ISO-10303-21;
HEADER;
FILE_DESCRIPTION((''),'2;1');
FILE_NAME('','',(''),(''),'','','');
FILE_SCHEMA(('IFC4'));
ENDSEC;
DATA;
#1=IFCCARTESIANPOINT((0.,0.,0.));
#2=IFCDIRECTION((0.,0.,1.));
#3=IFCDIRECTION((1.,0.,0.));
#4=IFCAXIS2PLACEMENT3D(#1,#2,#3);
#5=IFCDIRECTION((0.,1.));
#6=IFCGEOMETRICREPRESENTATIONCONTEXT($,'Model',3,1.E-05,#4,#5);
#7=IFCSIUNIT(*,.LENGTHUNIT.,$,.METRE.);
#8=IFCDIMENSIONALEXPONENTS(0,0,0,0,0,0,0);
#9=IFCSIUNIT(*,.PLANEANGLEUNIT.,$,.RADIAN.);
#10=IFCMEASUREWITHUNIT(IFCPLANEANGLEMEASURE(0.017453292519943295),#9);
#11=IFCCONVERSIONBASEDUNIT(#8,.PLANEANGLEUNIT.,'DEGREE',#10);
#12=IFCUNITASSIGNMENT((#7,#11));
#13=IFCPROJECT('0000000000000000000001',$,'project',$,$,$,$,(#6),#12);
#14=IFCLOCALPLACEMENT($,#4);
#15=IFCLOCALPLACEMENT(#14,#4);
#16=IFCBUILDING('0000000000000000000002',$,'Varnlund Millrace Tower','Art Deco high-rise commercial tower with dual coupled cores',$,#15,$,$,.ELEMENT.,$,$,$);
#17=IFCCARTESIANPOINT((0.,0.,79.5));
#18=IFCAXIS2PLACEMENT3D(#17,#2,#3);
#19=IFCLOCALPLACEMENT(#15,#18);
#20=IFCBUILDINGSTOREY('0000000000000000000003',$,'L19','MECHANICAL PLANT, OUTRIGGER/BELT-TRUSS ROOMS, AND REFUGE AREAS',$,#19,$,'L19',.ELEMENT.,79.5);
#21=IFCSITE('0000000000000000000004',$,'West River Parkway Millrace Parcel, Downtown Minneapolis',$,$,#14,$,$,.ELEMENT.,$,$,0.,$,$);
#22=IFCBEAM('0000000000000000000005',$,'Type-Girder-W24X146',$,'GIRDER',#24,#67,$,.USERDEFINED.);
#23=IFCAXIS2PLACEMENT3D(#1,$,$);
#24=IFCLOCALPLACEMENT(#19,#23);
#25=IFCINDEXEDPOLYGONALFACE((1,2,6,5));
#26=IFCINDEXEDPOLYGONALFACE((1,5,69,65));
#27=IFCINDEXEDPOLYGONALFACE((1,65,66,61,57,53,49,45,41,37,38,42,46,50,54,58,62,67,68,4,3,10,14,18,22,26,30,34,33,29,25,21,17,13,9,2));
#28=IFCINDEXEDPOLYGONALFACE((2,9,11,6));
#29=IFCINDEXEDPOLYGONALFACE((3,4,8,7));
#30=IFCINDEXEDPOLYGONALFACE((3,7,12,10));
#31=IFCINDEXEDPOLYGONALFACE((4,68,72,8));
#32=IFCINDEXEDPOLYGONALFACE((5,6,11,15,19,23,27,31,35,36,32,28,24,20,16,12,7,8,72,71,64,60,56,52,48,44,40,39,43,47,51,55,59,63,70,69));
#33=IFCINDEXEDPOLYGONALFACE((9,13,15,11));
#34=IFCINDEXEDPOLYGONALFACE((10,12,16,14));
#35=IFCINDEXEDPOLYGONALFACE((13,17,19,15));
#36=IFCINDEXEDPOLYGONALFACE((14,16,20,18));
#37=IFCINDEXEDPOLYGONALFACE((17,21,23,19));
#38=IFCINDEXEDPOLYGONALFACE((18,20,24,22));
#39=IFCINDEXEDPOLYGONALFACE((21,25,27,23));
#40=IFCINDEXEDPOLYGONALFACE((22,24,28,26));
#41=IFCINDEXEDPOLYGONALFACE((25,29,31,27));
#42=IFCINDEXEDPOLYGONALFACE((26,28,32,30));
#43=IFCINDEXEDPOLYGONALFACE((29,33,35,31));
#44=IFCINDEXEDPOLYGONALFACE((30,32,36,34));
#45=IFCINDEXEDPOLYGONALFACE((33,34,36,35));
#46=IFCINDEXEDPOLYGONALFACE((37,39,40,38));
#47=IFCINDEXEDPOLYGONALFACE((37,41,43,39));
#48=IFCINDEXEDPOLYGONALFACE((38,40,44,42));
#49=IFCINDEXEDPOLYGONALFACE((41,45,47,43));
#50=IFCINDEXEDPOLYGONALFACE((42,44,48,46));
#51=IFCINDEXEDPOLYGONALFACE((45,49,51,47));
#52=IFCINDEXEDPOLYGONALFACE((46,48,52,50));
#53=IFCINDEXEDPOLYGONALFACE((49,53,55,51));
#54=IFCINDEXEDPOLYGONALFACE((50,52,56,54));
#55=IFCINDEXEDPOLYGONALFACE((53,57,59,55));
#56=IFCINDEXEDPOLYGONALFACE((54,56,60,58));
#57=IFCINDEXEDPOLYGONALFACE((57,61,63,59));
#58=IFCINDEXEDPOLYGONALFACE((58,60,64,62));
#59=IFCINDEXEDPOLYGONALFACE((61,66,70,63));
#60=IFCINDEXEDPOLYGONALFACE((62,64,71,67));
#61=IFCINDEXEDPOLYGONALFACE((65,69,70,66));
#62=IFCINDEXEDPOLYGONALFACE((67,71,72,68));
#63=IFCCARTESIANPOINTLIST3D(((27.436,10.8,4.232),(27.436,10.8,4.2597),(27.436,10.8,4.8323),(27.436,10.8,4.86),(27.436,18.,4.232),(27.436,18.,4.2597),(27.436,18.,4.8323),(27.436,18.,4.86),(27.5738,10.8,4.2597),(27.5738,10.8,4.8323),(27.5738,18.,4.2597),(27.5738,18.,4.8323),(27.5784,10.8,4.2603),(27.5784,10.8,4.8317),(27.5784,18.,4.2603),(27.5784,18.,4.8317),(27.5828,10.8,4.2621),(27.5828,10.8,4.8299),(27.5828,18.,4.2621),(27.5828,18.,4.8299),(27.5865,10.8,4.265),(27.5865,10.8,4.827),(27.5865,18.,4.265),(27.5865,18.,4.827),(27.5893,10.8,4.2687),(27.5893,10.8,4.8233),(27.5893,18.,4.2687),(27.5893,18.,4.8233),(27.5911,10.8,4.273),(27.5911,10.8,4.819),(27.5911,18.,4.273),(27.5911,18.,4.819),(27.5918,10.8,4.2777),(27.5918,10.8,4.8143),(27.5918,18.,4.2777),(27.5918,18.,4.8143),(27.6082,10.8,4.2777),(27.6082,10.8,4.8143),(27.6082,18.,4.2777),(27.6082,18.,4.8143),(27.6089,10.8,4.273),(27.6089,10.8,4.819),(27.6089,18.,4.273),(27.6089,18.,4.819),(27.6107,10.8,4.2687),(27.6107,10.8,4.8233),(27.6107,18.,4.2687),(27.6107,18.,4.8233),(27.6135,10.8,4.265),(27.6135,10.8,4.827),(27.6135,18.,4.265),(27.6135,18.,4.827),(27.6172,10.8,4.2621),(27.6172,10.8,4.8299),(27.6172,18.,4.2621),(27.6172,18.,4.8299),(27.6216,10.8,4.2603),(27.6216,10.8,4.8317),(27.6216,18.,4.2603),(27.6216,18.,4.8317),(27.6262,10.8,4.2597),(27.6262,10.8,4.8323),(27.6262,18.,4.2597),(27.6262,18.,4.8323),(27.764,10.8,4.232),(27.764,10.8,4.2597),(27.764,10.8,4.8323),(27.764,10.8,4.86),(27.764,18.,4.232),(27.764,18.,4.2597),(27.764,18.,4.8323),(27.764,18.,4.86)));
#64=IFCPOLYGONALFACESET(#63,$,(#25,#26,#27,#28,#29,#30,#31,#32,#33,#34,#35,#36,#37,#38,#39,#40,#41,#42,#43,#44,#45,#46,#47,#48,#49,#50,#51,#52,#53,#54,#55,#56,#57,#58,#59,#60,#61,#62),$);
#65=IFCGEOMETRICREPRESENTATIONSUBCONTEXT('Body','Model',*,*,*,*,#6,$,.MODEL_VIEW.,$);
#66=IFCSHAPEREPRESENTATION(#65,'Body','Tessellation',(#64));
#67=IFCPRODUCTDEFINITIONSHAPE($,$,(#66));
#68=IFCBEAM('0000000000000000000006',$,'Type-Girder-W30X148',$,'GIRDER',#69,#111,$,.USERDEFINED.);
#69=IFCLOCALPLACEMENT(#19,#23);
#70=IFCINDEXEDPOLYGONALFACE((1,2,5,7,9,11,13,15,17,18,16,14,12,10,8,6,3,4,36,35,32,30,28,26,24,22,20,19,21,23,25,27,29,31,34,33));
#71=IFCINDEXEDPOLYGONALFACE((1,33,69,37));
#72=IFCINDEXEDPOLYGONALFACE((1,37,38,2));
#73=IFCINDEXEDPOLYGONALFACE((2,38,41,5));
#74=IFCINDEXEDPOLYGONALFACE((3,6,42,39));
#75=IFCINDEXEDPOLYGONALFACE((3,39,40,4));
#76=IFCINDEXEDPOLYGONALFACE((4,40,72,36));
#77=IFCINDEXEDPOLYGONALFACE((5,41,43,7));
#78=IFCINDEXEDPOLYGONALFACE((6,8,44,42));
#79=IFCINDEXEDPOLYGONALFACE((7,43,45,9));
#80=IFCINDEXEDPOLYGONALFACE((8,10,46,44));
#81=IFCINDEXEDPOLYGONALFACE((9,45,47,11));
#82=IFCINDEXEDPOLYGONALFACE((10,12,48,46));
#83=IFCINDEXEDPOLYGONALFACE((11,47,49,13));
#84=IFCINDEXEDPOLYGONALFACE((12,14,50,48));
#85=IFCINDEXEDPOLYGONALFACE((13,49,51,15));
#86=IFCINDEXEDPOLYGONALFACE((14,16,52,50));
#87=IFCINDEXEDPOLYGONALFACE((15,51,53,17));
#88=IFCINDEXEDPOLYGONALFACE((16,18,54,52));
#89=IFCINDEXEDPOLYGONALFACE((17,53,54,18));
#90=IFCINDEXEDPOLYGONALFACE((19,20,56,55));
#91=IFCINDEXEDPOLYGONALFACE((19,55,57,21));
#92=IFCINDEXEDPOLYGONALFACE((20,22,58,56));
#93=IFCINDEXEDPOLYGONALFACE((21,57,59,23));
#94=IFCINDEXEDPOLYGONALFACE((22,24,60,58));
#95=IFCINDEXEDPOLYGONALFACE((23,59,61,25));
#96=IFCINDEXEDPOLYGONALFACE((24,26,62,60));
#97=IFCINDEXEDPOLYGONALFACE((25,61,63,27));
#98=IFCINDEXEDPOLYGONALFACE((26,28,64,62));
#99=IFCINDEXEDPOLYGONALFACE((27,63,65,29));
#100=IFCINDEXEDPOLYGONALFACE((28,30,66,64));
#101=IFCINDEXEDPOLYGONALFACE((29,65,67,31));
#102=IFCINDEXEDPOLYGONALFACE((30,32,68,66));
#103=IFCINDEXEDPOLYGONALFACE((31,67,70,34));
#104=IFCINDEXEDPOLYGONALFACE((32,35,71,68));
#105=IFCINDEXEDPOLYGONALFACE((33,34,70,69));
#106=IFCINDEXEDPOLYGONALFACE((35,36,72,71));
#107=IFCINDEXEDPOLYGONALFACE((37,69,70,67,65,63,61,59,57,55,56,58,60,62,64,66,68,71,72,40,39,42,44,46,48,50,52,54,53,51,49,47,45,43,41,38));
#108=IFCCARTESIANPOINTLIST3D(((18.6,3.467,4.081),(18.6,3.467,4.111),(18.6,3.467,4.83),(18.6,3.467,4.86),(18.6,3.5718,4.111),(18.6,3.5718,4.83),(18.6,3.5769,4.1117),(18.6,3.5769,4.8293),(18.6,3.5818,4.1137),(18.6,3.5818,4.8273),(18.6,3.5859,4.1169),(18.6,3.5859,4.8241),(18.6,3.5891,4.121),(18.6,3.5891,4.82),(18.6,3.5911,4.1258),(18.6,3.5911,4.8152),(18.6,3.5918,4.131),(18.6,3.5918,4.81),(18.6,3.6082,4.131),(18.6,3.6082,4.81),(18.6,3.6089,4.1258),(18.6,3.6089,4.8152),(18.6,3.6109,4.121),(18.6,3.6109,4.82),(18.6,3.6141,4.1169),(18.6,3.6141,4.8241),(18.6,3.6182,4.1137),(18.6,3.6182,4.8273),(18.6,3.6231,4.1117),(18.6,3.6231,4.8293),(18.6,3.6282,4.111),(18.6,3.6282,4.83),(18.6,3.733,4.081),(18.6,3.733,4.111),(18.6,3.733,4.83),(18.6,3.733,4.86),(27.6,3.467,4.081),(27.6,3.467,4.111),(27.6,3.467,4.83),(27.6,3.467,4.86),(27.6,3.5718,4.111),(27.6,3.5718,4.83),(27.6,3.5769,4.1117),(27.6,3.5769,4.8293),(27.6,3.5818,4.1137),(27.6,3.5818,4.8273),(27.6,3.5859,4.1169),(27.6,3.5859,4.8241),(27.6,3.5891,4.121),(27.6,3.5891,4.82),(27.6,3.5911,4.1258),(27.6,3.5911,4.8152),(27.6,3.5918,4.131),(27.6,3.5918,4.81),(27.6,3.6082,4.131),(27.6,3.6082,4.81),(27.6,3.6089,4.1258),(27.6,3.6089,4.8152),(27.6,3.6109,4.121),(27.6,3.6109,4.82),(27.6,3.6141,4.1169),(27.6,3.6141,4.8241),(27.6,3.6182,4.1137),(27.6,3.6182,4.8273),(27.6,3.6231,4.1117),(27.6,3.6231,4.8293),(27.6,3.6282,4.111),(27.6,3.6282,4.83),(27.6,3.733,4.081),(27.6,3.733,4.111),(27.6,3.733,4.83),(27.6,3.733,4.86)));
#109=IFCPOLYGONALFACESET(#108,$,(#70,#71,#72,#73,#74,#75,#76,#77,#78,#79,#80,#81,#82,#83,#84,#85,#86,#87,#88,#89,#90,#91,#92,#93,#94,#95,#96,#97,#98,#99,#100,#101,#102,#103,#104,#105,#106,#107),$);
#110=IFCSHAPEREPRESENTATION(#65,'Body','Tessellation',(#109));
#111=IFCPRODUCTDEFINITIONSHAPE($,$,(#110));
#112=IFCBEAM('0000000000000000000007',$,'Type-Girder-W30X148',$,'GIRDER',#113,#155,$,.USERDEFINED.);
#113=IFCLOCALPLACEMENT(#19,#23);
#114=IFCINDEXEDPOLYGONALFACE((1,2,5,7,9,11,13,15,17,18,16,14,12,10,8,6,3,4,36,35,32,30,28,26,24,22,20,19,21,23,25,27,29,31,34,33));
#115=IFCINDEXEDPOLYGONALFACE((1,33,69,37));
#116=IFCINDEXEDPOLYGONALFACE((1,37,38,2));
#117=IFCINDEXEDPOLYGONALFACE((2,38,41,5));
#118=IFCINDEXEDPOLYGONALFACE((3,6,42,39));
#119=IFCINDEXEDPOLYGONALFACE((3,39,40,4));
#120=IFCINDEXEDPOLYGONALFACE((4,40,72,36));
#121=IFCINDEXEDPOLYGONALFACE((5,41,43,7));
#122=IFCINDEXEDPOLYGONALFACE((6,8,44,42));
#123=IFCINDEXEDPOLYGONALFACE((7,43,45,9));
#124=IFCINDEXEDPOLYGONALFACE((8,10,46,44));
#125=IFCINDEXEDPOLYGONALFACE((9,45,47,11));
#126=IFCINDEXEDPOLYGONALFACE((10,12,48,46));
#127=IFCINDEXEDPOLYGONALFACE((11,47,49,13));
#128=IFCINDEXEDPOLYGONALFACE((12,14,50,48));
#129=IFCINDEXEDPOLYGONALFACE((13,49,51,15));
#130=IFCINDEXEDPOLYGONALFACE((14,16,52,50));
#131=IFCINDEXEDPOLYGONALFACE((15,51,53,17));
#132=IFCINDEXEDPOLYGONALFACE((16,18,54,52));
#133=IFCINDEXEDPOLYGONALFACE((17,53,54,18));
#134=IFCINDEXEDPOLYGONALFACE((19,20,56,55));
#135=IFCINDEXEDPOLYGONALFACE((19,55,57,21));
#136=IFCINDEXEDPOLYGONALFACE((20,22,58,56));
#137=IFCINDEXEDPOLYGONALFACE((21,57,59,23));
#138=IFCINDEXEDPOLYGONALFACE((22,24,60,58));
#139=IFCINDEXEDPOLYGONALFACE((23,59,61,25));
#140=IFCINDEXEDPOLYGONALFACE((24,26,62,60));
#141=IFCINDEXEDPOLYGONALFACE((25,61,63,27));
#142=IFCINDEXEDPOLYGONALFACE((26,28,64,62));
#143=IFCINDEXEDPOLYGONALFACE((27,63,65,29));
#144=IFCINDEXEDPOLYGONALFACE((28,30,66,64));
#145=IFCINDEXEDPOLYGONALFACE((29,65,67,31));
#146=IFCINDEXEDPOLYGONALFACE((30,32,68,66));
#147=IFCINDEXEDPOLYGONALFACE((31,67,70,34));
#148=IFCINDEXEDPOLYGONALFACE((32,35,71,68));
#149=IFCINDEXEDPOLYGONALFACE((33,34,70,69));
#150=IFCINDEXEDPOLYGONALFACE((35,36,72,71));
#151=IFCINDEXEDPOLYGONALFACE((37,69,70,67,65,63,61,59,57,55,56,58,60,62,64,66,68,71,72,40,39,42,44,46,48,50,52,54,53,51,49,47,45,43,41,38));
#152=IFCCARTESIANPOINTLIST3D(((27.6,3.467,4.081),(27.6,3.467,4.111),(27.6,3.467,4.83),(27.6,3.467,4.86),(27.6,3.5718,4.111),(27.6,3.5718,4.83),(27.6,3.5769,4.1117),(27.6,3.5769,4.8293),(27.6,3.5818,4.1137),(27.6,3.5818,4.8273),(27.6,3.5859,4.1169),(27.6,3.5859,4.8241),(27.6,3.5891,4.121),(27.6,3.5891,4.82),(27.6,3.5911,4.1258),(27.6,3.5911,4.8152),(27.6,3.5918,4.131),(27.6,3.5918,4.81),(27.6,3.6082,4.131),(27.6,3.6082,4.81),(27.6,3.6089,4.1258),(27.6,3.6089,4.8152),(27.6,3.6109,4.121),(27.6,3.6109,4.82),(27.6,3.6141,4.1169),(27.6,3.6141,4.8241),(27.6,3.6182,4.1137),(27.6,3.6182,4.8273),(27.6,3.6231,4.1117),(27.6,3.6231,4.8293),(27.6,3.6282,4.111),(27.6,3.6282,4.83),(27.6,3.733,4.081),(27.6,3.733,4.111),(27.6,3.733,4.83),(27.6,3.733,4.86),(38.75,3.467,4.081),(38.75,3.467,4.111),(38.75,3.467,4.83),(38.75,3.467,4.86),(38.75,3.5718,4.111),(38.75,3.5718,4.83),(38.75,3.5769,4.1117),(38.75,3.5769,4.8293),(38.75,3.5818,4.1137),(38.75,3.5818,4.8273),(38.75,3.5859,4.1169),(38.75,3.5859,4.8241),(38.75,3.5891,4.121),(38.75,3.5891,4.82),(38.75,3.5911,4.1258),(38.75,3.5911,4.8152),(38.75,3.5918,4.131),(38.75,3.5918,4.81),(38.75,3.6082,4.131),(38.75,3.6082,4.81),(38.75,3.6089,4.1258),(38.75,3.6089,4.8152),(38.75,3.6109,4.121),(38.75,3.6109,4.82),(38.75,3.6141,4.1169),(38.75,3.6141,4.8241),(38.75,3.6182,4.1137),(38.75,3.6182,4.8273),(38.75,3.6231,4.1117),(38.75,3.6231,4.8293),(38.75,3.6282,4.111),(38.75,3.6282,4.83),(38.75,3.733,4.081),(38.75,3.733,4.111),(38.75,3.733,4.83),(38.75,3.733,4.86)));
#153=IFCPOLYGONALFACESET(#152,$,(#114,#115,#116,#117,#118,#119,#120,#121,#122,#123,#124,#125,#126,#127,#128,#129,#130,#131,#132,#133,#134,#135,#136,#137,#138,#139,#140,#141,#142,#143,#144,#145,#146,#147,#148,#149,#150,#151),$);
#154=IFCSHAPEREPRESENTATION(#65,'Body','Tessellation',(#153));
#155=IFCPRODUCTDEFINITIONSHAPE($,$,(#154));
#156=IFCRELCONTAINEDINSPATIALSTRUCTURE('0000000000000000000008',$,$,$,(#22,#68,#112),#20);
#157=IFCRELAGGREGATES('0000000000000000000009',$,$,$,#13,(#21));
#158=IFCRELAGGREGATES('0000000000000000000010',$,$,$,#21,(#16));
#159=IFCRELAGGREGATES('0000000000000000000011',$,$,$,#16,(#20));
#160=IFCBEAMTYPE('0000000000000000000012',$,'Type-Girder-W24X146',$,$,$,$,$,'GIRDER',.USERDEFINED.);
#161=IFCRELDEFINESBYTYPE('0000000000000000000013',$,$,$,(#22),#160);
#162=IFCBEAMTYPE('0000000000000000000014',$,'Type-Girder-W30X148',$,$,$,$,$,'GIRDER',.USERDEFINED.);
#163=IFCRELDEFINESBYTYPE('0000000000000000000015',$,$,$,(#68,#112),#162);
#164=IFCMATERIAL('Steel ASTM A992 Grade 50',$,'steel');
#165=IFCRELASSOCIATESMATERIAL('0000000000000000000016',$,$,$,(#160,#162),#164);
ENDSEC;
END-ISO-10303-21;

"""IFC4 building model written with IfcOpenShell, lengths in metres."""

from ifc_helpers import new_model, entity, si_unit, converted_unit, direction, frame, origin_with_axes, origin_2d_with_axis, place, context, subcontext, project, spatial, i_section, extrude, material, material_profile, profile_set, type_object, element, save


model = new_model("IFC4")

# Units and contexts
model_context = context("Model", 3, precision=1e-05, world=origin_with_axes(), true_north=direction((0.0, 1.0)))
body_context = subcontext(model_context, "Body", "Model", "MODEL_VIEW")
ifc_project = project(units=[si_unit("LENGTHUNIT", "METRE"), converted_unit("PLANEANGLEUNIT", "DEGREE", entity("IfcPlaneAngleMeasure", 0.017453292519943295), si_unit("PLANEANGLEUNIT", "RADIAN"), dimensions=[0, 0, 0, 0, 0, 0, 0])], contexts=[model_context])

# Site, building, storey
site_placement = place(None, origin_with_axes())
site = spatial("IfcSite", under=ifc_project, at=site_placement, Name="West River Parkway Millrace Parcel, Downtown Minneapolis", CompositionType="ELEMENT", RefElevation=0.0)
building_placement = place(site_placement, origin_with_axes())
building = spatial("IfcBuilding", under=site, at=building_placement, Name="Varnlund Millrace Tower", Description="Art Deco high-rise commercial tower with dual coupled cores", CompositionType="ELEMENT")
storey_placement = place(building_placement, frame((0.0, 0.0, 79.5), z_axis=(0.0, 0.0, 1.0), x_axis=(1.0, 0.0, 0.0)))
storey = spatial("IfcBuildingStorey", under=building, at=storey_placement, Name="L19", Description="MECHANICAL PLANT, OUTRIGGER/BELT-TRUSS ROOMS, AND REFUGE AREAS", LongName="L19", CompositionType="ELEMENT", Elevation=79.5)

# Beams
ifc_material_1 = material(Name="Steel ASTM A992 Grade 50", Category="steel")
ifc_material_profile_1 = material_profile(ifc_material_1, i_section(OverallWidth=0.328, OverallDepth=0.628, WebThickness=0.0165, FlangeThickness=0.0277, FilletRadius=0.018, at=origin_2d_with_axis()), Name="Steel ASTM A992 Grade 50")
ifc_profile_set_1 = profile_set([ifc_material_profile_1], Name="Steel ASTM A992 Grade 50")
beam_type_1 = type_object("IfcBeamType", Name="Type-Girder-W24X146", ElementType="GIRDER", PredefinedType="USERDEFINED", material=ifc_profile_set_1)
for number, where, z_axis, x_axis, name in (
    (1, (27.6, 10.8, 4.546), (0.0, 1.0, 0.0), (-1.0, 0.0, 0.0), "Type-Girder-W24X146"),
):
    element("IfcBeam", number, at=place(storey_placement, frame(where, z_axis=z_axis, x_axis=x_axis)), inside=storey, type_object=beam_type_1, Name=name, ObjectType="GIRDER", PredefinedType="USERDEFINED", context=body_context, shape_type="SweptSolid", body=[
        extrude(i_section(OverallWidth=0.328, OverallDepth=0.628, WebThickness=0.0165, FlangeThickness=0.0277, FilletRadius=0.018, at=origin_2d_with_axis()), origin_with_axes(), (0.0, 0.0, 1.0), 7.2),
    ])
ifc_material_profile_2 = material_profile(ifc_material_1, i_section(OverallWidth=0.266, OverallDepth=0.779, WebThickness=0.0165, FlangeThickness=0.03, FilletRadius=0.02, at=origin_2d_with_axis()), Name="Steel ASTM A992 Grade 50")
ifc_profile_set_2 = profile_set([ifc_material_profile_2], Name="Steel ASTM A992 Grade 50")
beam_type_2 = type_object("IfcBeamType", Name="Type-Girder-W30X148", ElementType="GIRDER", PredefinedType="USERDEFINED", material=ifc_profile_set_2)
beam_1_placement = place(storey_placement, frame((18.6, 3.6, 4.4705), z_axis=(1.0, 0.0, 0.0), x_axis=(0.0, 1.0, 0.0)))
element("IfcBeam", 2, at=beam_1_placement, inside=storey, type_object=beam_type_2, Name="Type-Girder-W30X148", ObjectType="GIRDER", PredefinedType="USERDEFINED", context=body_context, shape_type="SweptSolid", body=[
    extrude(i_section(OverallWidth=0.266, OverallDepth=0.779, WebThickness=0.0165, FlangeThickness=0.03, FilletRadius=0.02, at=origin_2d_with_axis()), origin_with_axes(), (0.0, 0.0, 1.0), 9.0),
])
beam_2_placement = place(storey_placement, frame((27.6, 3.6, 4.4705), z_axis=(1.0, 0.0, 0.0), x_axis=(0.0, 1.0, 0.0)))
element("IfcBeam", 3, at=beam_2_placement, inside=storey, type_object=beam_type_2, Name="Type-Girder-W30X148", ObjectType="GIRDER", PredefinedType="USERDEFINED", context=body_context, shape_type="SweptSolid", body=[
    extrude(i_section(OverallWidth=0.266, OverallDepth=0.779, WebThickness=0.0165, FlangeThickness=0.03, FilletRadius=0.02, at=origin_2d_with_axis()), origin_with_axes(), (0.0, 0.0, 1.0), 11.15),
])

save(model, "model.ifc")
